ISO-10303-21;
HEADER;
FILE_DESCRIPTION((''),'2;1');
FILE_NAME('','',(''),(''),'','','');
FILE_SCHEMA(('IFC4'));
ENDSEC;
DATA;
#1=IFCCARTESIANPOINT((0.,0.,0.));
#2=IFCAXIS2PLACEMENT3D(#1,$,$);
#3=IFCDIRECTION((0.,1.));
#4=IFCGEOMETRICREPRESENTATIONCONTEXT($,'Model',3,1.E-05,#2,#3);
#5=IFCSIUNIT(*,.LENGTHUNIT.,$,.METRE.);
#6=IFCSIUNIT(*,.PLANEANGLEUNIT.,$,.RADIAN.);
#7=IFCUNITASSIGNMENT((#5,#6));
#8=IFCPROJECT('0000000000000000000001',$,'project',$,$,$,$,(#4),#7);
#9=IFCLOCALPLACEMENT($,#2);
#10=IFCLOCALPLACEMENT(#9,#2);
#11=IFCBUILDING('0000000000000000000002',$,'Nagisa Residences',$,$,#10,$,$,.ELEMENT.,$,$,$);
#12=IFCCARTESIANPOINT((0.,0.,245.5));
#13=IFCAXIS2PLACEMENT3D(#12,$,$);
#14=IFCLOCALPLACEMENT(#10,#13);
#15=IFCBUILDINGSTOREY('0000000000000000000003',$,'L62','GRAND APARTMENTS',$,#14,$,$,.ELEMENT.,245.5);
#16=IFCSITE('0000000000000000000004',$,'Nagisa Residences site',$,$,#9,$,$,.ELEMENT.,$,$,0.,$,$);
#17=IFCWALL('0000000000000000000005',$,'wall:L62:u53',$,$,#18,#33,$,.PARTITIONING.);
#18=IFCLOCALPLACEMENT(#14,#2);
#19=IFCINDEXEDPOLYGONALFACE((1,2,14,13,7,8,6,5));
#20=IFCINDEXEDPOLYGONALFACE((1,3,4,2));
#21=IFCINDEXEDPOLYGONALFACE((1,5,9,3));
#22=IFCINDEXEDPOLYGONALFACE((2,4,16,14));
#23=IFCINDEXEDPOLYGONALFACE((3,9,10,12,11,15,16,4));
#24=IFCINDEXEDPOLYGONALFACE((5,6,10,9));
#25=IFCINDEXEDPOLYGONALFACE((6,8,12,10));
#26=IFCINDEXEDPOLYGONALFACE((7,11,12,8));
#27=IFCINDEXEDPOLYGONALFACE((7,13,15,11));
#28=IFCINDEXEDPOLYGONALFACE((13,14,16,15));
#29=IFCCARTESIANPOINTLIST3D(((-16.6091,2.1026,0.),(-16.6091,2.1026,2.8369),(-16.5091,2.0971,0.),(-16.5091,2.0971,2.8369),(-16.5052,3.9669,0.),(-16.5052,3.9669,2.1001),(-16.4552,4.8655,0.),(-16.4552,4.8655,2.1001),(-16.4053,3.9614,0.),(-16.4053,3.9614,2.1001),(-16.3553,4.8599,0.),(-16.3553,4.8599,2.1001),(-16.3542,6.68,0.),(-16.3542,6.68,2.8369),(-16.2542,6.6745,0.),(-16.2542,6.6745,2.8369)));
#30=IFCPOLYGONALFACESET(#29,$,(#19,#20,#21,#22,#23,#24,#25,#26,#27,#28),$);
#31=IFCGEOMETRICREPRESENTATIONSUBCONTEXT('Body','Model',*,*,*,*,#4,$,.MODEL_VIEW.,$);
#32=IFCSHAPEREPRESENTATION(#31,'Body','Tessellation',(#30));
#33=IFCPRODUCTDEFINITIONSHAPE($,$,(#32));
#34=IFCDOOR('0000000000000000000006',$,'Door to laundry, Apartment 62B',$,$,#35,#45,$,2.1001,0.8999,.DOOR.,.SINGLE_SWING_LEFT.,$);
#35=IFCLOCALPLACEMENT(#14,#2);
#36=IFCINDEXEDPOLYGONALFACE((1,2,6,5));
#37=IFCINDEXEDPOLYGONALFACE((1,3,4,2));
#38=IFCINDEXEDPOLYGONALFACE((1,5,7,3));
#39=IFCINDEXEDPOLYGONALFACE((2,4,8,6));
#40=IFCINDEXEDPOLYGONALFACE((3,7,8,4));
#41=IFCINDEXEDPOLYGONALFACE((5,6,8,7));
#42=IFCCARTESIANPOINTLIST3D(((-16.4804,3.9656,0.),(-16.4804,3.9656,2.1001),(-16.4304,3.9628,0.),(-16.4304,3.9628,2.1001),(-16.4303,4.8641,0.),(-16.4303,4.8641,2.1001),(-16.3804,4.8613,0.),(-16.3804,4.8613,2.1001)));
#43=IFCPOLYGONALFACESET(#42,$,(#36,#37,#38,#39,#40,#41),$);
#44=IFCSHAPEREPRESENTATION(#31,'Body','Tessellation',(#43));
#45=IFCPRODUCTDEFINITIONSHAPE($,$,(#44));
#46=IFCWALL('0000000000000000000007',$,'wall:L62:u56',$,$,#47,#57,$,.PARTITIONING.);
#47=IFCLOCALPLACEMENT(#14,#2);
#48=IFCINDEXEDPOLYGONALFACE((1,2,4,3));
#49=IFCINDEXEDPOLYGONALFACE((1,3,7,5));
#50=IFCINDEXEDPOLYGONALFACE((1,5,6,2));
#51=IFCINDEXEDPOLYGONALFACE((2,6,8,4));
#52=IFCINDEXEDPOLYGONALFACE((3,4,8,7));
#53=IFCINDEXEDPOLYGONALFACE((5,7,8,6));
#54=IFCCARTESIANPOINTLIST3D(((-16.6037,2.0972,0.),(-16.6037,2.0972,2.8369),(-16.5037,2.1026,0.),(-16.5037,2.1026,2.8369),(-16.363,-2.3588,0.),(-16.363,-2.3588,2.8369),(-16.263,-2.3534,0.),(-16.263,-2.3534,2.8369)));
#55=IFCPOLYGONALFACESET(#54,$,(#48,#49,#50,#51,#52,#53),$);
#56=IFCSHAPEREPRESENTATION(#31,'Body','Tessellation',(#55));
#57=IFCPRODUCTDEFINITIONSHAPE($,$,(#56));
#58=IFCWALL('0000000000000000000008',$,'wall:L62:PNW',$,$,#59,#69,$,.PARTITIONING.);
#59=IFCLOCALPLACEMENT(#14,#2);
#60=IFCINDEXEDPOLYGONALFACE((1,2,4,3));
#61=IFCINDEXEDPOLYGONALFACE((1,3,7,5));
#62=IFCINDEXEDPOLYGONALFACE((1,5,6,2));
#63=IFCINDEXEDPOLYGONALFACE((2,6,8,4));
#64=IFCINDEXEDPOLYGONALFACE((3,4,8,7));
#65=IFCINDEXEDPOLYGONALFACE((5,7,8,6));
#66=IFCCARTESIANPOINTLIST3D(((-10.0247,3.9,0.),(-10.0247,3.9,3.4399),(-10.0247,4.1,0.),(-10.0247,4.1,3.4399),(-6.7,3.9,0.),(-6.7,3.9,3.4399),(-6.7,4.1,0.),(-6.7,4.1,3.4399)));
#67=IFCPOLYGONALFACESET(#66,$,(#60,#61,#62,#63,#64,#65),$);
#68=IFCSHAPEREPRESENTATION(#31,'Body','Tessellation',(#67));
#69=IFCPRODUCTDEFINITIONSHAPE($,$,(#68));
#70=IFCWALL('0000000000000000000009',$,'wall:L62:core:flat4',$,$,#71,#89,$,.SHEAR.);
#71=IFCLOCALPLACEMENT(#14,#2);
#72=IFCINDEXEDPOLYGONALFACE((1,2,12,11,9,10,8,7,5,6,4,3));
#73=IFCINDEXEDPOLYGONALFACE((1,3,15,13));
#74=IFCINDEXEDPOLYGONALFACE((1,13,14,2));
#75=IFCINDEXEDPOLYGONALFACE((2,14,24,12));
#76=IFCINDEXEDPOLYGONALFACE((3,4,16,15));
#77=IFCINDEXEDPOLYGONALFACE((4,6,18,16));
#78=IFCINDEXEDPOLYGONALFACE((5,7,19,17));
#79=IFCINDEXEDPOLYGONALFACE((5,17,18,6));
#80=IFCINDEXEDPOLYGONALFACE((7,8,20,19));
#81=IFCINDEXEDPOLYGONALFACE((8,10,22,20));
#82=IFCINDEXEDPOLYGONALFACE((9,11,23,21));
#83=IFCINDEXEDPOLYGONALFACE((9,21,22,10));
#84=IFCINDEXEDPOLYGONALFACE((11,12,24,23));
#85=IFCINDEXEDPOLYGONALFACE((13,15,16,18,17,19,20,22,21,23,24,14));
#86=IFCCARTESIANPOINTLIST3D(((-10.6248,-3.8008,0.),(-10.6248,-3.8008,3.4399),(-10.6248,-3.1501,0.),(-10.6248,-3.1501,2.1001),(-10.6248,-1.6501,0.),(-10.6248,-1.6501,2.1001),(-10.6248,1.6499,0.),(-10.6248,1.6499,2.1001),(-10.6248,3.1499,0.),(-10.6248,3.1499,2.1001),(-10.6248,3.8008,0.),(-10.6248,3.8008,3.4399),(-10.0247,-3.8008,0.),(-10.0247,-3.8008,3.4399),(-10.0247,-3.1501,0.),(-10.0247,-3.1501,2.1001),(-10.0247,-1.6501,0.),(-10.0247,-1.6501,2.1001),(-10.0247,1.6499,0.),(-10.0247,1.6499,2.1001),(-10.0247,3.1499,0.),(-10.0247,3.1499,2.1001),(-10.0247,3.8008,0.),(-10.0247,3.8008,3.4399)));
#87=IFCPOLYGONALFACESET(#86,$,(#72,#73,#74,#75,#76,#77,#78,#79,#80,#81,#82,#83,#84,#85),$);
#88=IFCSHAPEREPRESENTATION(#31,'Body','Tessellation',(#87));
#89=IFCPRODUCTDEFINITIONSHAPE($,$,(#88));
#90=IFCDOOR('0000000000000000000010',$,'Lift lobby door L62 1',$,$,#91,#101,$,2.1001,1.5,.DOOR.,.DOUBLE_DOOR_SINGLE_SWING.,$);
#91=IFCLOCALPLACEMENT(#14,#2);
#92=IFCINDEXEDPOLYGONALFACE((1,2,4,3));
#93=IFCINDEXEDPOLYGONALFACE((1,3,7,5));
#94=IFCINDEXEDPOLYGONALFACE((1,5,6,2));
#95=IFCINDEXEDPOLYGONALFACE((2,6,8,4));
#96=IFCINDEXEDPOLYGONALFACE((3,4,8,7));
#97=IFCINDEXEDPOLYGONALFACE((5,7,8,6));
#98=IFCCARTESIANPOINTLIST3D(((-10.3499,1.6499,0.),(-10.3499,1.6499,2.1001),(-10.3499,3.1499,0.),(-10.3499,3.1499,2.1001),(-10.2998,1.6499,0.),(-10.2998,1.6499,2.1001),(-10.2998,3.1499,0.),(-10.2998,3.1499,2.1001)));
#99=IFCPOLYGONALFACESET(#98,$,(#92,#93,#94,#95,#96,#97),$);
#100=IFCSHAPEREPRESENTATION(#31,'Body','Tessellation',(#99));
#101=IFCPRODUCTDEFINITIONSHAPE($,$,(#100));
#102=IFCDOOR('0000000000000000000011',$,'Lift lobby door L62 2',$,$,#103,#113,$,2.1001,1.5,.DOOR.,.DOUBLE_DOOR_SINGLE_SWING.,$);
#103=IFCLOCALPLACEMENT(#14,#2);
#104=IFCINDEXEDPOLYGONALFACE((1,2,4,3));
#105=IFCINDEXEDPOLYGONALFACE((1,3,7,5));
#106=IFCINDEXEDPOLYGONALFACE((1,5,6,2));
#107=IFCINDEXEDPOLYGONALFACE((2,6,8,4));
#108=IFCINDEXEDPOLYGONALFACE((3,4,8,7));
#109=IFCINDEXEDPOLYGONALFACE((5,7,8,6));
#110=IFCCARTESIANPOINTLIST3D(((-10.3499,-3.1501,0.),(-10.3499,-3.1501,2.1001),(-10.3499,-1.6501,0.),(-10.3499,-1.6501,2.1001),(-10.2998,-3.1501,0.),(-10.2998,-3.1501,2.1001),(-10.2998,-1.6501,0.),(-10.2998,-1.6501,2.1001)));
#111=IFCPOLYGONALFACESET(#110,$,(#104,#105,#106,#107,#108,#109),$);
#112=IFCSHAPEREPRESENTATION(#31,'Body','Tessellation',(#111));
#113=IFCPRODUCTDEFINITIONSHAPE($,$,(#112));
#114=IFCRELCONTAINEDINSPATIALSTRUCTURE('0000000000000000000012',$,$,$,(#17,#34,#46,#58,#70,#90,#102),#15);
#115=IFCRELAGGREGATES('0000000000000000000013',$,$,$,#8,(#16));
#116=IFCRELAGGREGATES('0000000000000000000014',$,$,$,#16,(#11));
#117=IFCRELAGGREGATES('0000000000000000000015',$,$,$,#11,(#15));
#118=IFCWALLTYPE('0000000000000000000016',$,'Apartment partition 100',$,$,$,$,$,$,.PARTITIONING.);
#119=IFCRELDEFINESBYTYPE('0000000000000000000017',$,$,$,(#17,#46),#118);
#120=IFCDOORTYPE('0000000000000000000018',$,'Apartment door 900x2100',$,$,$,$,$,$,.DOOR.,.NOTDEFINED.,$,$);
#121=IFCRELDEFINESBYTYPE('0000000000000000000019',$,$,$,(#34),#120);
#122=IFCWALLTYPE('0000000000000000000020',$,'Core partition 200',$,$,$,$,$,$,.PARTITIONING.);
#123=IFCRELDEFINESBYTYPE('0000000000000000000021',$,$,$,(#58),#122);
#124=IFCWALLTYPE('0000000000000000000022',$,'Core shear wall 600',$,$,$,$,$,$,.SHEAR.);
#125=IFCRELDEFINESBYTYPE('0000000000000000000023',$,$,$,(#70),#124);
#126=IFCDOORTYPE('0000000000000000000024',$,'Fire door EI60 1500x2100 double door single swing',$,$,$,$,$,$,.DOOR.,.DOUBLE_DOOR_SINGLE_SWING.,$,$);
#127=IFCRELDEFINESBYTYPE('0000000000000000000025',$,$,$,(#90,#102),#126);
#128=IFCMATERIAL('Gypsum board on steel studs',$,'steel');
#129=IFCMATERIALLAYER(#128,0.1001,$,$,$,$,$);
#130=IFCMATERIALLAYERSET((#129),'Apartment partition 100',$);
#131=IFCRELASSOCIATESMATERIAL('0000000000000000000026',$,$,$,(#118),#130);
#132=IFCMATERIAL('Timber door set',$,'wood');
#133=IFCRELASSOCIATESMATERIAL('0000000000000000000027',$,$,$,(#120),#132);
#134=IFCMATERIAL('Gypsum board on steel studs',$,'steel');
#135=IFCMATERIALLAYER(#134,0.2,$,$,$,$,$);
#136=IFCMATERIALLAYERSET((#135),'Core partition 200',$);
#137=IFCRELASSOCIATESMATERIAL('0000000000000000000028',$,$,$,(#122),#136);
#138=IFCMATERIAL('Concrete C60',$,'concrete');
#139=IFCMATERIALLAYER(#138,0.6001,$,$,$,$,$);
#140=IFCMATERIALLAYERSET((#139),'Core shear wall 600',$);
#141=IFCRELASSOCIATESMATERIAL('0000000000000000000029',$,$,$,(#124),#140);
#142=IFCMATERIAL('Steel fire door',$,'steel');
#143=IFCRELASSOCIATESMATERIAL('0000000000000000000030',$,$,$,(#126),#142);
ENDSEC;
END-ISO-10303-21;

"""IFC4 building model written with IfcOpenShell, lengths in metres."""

from ifc_helpers import new_model, si_unit, direction, frame, frame_2d, origin, place, context, subcontext, project, spatial, rectangle, extrude, material, layer, layer_set, type_object, element, fill, save


model = new_model("IFC4")

# Units and contexts
model_context = context("Model", 3, precision=1e-05, world=origin(), true_north=direction((0.0, 1.0)))
body_context = subcontext(model_context, "Body", "Model", "MODEL_VIEW")
ifc_project = project(units=[si_unit("LENGTHUNIT", "METRE"), si_unit("PLANEANGLEUNIT", "RADIAN")], contexts=[model_context])

# Site, building, storey
site_placement = place(None, origin())
site = spatial("IfcSite", under=ifc_project, at=site_placement, Name="Nagisa Residences site", CompositionType="ELEMENT", RefElevation=0.0)
building_placement = place(site_placement, origin())
building = spatial("IfcBuilding", under=site, at=building_placement, Name="Nagisa Residences", CompositionType="ELEMENT")
storey_placement = place(building_placement, frame((0.0, 0.0, 245.5)))
storey = spatial("IfcBuildingStorey", under=building, at=storey_placement, Name="L62", Description="GRAND APARTMENTS", CompositionType="ELEMENT", Elevation=245.5)

# Shared definitions
ifc_material_1 = material(Name="Gypsum board on steel studs", Category="steel")
ifc_layer_1 = layer(ifc_material_1, 0.1001)
ifc_layer_set_1 = layer_set([ifc_layer_1], Name="Apartment partition 100")
wall_type_1 = type_object("IfcWallType", Name="Apartment partition 100", PredefinedType="PARTITIONING", material=ifc_layer_set_1)

# Shared definitions
ifc_material_2 = material(Name="Timber door set", Category="wood")
door_type_1 = type_object("IfcDoorType", Name="Apartment door 900x2100", OperationType="NOTDEFINED", PredefinedType="DOOR", material=ifc_material_2)

# Wall, opening, door
wall_1_placement = place(storey_placement, frame((-16.3042, 6.6772, 0.0), z_axis=(0.0, 0.0, 1.0), x_axis=(-0.055597, -0.998453, 0.0)))
wall_1 = element("IfcWall", 1, at=wall_1_placement, inside=storey, type_object=wall_type_1, Name="wall:L62:u53", PredefinedType="PARTITIONING", context=body_context, shape_type="SweptSolid", body=[
    extrude(rectangle(XDim=4.5845, YDim=0.1001, at=frame_2d((2.2922, 0.0))), origin(), (0.0, 0.0, 1.0), 2.8369),
])
opening_1_placement = place(wall_1_placement, frame((1.8174, 0.0, 0.0)))
opening_1 = element("IfcOpeningElement", 2, at=opening_1_placement, cuts=wall_1, PredefinedType="OPENING", context=body_context, shape_type="SweptSolid", body=[
    extrude(rectangle(XDim=0.8999, YDim=2.1001, at=frame_2d((0.45, 1.05))), frame((0.0, 0.0601, 0.0), z_axis=(0.0, -1.0, 0.0), x_axis=(1.0, 0.0, 0.0)), (0.0, 0.0, 1.0), 0.1201),
])
door_1_placement = place(opening_1_placement, origin())
door_1 = element("IfcDoor", 3, at=door_1_placement, inside=storey, type_object=door_type_1, Name="Door to laundry, Apartment 62B", OperationType="SINGLE_SWING_LEFT", OverallHeight=2.1001, OverallWidth=0.8999, PredefinedType="DOOR", context=body_context, shape_type="SweptSolid", body=[
    extrude(rectangle(XDim=0.8999, YDim=2.1001, at=frame_2d((0.45, 1.05))), frame((0.0, 0.0249, 0.0), z_axis=(0.0, -1.0, 0.0), x_axis=(1.0, 0.0, 0.0)), (0.0, 0.0, 1.0), 0.05),
])
fill(opening_1, door_1)

# Walls
wall_2_placement = place(storey_placement, frame((-16.5537, 2.0999, 0.0), z_axis=(0.0, 0.0, 1.0), x_axis=(0.053946, -0.998544, 0.0)))
element("IfcWall", 4, at=wall_2_placement, inside=storey, type_object=wall_type_1, Name="wall:L62:u56", PredefinedType="PARTITIONING", context=body_context, shape_type="SweptSolid", body=[
    extrude(rectangle(XDim=4.4624, YDim=0.1001, at=frame_2d((2.2312, 0.0))), origin(), (0.0, 0.0, 1.0), 2.8369),
])
ifc_material_3 = material(Name="Gypsum board on steel studs", Category="steel")
ifc_layer_2 = layer(ifc_material_3, 0.2)
ifc_layer_set_2 = layer_set([ifc_layer_2], Name="Core partition 200")
wall_type_2 = type_object("IfcWallType", Name="Core partition 200", PredefinedType="PARTITIONING", material=ifc_layer_set_2)
wall_3_placement = place(storey_placement, frame((-10.0247, 4.0, 0.0), z_axis=(0.0, 0.0, 1.0), x_axis=(1.0, 0.0, 0.0)))
element("IfcWall", 5, at=wall_3_placement, inside=storey, type_object=wall_type_2, Name="wall:L62:PNW", PredefinedType="PARTITIONING", context=body_context, shape_type="SweptSolid", body=[
    extrude(rectangle(XDim=3.3247, YDim=0.2, at=frame_2d((1.6624, 0.0))), origin(), (0.0, 0.0, 1.0), 3.4399),
])

# Wall, openings, doors
ifc_material_4 = material(Name="Concrete C60", Category="concrete")
ifc_layer_3 = layer(ifc_material_4, 0.6001)
ifc_layer_set_3 = layer_set([ifc_layer_3], Name="Core shear wall 600")
wall_type_3 = type_object("IfcWallType", Name="Core shear wall 600", PredefinedType="SHEAR", material=ifc_layer_set_3)
wall_4_placement = place(storey_placement, frame((-10.3247, 3.8008, 0.0), z_axis=(0.0, 0.0, 1.0), x_axis=(0.0, -1.0, 0.0)))
wall_4 = element("IfcWall", 6, at=wall_4_placement, inside=storey, type_object=wall_type_3, Name="wall:L62:core:flat4", PredefinedType="SHEAR", context=body_context, shape_type="SweptSolid", body=[
    extrude(rectangle(XDim=7.6016, YDim=0.6001, at=frame_2d((3.8008, 0.0))), origin(), (0.0, 0.0, 1.0), 3.4399),
])
opening_2_placement = place(wall_4_placement, frame((0.6509, 0.0, 0.0)))
opening_2 = element("IfcOpeningElement", 7, at=opening_2_placement, cuts=wall_4, PredefinedType="OPENING", context=body_context, shape_type="SweptSolid", body=[
    extrude(rectangle(XDim=1.5, YDim=2.1001, at=frame_2d((0.75, 1.05))), frame((0.0, 0.3101, 0.0), z_axis=(0.0, -1.0, 0.0), x_axis=(1.0, 0.0, 0.0)), (0.0, 0.0, 1.0), 0.6201),
])
opening_3_placement = place(wall_4_placement, frame((5.4509, 0.0, 0.0)))
opening_3 = element("IfcOpeningElement", 8, at=opening_3_placement, cuts=wall_4, PredefinedType="OPENING", context=body_context, shape_type="SweptSolid", body=[
    extrude(rectangle(XDim=1.5, YDim=2.1001, at=frame_2d((0.75, 1.05))), frame((0.0, 0.3101, 0.0), z_axis=(0.0, -1.0, 0.0), x_axis=(1.0, 0.0, 0.0)), (0.0, 0.0, 1.0), 0.6201),
])
ifc_material_5 = material(Name="Steel fire door", Category="steel")
door_type_2 = type_object("IfcDoorType", Name="Fire door EI60 1500x2100 double door single swing", OperationType="DOUBLE_DOOR_SINGLE_SWING", PredefinedType="DOOR", material=ifc_material_5)
door_2_placement = place(opening_2_placement, origin())
door_2 = element("IfcDoor", 9, at=door_2_placement, inside=storey, type_object=door_type_2, Name="Lift lobby door L62 1", OperationType="DOUBLE_DOOR_SINGLE_SWING", OverallHeight=2.1001, OverallWidth=1.5, PredefinedType="DOOR", context=body_context, shape_type="SweptSolid", body=[
    extrude(rectangle(XDim=1.5, YDim=2.1001, at=frame_2d((0.75, 1.05))), frame((0.0, 0.0249, 0.0), z_axis=(0.0, -1.0, 0.0), x_axis=(1.0, 0.0, 0.0)), (0.0, 0.0, 1.0), 0.05),
])
fill(opening_2, door_2)
door_3_placement = place(opening_3_placement, origin())
door_3 = element("IfcDoor", 10, at=door_3_placement, inside=storey, type_object=door_type_2, Name="Lift lobby door L62 2", OperationType="DOUBLE_DOOR_SINGLE_SWING", OverallHeight=2.1001, OverallWidth=1.5, PredefinedType="DOOR", context=body_context, shape_type="SweptSolid", body=[
    extrude(rectangle(XDim=1.5, YDim=2.1001, at=frame_2d((0.75, 1.05))), frame((0.0, 0.0249, 0.0), z_axis=(0.0, -1.0, 0.0), x_axis=(1.0, 0.0, 0.0)), (0.0, 0.0, 1.0), 0.05),
])
fill(opening_3, door_3)

save(model, "model.ifc")
